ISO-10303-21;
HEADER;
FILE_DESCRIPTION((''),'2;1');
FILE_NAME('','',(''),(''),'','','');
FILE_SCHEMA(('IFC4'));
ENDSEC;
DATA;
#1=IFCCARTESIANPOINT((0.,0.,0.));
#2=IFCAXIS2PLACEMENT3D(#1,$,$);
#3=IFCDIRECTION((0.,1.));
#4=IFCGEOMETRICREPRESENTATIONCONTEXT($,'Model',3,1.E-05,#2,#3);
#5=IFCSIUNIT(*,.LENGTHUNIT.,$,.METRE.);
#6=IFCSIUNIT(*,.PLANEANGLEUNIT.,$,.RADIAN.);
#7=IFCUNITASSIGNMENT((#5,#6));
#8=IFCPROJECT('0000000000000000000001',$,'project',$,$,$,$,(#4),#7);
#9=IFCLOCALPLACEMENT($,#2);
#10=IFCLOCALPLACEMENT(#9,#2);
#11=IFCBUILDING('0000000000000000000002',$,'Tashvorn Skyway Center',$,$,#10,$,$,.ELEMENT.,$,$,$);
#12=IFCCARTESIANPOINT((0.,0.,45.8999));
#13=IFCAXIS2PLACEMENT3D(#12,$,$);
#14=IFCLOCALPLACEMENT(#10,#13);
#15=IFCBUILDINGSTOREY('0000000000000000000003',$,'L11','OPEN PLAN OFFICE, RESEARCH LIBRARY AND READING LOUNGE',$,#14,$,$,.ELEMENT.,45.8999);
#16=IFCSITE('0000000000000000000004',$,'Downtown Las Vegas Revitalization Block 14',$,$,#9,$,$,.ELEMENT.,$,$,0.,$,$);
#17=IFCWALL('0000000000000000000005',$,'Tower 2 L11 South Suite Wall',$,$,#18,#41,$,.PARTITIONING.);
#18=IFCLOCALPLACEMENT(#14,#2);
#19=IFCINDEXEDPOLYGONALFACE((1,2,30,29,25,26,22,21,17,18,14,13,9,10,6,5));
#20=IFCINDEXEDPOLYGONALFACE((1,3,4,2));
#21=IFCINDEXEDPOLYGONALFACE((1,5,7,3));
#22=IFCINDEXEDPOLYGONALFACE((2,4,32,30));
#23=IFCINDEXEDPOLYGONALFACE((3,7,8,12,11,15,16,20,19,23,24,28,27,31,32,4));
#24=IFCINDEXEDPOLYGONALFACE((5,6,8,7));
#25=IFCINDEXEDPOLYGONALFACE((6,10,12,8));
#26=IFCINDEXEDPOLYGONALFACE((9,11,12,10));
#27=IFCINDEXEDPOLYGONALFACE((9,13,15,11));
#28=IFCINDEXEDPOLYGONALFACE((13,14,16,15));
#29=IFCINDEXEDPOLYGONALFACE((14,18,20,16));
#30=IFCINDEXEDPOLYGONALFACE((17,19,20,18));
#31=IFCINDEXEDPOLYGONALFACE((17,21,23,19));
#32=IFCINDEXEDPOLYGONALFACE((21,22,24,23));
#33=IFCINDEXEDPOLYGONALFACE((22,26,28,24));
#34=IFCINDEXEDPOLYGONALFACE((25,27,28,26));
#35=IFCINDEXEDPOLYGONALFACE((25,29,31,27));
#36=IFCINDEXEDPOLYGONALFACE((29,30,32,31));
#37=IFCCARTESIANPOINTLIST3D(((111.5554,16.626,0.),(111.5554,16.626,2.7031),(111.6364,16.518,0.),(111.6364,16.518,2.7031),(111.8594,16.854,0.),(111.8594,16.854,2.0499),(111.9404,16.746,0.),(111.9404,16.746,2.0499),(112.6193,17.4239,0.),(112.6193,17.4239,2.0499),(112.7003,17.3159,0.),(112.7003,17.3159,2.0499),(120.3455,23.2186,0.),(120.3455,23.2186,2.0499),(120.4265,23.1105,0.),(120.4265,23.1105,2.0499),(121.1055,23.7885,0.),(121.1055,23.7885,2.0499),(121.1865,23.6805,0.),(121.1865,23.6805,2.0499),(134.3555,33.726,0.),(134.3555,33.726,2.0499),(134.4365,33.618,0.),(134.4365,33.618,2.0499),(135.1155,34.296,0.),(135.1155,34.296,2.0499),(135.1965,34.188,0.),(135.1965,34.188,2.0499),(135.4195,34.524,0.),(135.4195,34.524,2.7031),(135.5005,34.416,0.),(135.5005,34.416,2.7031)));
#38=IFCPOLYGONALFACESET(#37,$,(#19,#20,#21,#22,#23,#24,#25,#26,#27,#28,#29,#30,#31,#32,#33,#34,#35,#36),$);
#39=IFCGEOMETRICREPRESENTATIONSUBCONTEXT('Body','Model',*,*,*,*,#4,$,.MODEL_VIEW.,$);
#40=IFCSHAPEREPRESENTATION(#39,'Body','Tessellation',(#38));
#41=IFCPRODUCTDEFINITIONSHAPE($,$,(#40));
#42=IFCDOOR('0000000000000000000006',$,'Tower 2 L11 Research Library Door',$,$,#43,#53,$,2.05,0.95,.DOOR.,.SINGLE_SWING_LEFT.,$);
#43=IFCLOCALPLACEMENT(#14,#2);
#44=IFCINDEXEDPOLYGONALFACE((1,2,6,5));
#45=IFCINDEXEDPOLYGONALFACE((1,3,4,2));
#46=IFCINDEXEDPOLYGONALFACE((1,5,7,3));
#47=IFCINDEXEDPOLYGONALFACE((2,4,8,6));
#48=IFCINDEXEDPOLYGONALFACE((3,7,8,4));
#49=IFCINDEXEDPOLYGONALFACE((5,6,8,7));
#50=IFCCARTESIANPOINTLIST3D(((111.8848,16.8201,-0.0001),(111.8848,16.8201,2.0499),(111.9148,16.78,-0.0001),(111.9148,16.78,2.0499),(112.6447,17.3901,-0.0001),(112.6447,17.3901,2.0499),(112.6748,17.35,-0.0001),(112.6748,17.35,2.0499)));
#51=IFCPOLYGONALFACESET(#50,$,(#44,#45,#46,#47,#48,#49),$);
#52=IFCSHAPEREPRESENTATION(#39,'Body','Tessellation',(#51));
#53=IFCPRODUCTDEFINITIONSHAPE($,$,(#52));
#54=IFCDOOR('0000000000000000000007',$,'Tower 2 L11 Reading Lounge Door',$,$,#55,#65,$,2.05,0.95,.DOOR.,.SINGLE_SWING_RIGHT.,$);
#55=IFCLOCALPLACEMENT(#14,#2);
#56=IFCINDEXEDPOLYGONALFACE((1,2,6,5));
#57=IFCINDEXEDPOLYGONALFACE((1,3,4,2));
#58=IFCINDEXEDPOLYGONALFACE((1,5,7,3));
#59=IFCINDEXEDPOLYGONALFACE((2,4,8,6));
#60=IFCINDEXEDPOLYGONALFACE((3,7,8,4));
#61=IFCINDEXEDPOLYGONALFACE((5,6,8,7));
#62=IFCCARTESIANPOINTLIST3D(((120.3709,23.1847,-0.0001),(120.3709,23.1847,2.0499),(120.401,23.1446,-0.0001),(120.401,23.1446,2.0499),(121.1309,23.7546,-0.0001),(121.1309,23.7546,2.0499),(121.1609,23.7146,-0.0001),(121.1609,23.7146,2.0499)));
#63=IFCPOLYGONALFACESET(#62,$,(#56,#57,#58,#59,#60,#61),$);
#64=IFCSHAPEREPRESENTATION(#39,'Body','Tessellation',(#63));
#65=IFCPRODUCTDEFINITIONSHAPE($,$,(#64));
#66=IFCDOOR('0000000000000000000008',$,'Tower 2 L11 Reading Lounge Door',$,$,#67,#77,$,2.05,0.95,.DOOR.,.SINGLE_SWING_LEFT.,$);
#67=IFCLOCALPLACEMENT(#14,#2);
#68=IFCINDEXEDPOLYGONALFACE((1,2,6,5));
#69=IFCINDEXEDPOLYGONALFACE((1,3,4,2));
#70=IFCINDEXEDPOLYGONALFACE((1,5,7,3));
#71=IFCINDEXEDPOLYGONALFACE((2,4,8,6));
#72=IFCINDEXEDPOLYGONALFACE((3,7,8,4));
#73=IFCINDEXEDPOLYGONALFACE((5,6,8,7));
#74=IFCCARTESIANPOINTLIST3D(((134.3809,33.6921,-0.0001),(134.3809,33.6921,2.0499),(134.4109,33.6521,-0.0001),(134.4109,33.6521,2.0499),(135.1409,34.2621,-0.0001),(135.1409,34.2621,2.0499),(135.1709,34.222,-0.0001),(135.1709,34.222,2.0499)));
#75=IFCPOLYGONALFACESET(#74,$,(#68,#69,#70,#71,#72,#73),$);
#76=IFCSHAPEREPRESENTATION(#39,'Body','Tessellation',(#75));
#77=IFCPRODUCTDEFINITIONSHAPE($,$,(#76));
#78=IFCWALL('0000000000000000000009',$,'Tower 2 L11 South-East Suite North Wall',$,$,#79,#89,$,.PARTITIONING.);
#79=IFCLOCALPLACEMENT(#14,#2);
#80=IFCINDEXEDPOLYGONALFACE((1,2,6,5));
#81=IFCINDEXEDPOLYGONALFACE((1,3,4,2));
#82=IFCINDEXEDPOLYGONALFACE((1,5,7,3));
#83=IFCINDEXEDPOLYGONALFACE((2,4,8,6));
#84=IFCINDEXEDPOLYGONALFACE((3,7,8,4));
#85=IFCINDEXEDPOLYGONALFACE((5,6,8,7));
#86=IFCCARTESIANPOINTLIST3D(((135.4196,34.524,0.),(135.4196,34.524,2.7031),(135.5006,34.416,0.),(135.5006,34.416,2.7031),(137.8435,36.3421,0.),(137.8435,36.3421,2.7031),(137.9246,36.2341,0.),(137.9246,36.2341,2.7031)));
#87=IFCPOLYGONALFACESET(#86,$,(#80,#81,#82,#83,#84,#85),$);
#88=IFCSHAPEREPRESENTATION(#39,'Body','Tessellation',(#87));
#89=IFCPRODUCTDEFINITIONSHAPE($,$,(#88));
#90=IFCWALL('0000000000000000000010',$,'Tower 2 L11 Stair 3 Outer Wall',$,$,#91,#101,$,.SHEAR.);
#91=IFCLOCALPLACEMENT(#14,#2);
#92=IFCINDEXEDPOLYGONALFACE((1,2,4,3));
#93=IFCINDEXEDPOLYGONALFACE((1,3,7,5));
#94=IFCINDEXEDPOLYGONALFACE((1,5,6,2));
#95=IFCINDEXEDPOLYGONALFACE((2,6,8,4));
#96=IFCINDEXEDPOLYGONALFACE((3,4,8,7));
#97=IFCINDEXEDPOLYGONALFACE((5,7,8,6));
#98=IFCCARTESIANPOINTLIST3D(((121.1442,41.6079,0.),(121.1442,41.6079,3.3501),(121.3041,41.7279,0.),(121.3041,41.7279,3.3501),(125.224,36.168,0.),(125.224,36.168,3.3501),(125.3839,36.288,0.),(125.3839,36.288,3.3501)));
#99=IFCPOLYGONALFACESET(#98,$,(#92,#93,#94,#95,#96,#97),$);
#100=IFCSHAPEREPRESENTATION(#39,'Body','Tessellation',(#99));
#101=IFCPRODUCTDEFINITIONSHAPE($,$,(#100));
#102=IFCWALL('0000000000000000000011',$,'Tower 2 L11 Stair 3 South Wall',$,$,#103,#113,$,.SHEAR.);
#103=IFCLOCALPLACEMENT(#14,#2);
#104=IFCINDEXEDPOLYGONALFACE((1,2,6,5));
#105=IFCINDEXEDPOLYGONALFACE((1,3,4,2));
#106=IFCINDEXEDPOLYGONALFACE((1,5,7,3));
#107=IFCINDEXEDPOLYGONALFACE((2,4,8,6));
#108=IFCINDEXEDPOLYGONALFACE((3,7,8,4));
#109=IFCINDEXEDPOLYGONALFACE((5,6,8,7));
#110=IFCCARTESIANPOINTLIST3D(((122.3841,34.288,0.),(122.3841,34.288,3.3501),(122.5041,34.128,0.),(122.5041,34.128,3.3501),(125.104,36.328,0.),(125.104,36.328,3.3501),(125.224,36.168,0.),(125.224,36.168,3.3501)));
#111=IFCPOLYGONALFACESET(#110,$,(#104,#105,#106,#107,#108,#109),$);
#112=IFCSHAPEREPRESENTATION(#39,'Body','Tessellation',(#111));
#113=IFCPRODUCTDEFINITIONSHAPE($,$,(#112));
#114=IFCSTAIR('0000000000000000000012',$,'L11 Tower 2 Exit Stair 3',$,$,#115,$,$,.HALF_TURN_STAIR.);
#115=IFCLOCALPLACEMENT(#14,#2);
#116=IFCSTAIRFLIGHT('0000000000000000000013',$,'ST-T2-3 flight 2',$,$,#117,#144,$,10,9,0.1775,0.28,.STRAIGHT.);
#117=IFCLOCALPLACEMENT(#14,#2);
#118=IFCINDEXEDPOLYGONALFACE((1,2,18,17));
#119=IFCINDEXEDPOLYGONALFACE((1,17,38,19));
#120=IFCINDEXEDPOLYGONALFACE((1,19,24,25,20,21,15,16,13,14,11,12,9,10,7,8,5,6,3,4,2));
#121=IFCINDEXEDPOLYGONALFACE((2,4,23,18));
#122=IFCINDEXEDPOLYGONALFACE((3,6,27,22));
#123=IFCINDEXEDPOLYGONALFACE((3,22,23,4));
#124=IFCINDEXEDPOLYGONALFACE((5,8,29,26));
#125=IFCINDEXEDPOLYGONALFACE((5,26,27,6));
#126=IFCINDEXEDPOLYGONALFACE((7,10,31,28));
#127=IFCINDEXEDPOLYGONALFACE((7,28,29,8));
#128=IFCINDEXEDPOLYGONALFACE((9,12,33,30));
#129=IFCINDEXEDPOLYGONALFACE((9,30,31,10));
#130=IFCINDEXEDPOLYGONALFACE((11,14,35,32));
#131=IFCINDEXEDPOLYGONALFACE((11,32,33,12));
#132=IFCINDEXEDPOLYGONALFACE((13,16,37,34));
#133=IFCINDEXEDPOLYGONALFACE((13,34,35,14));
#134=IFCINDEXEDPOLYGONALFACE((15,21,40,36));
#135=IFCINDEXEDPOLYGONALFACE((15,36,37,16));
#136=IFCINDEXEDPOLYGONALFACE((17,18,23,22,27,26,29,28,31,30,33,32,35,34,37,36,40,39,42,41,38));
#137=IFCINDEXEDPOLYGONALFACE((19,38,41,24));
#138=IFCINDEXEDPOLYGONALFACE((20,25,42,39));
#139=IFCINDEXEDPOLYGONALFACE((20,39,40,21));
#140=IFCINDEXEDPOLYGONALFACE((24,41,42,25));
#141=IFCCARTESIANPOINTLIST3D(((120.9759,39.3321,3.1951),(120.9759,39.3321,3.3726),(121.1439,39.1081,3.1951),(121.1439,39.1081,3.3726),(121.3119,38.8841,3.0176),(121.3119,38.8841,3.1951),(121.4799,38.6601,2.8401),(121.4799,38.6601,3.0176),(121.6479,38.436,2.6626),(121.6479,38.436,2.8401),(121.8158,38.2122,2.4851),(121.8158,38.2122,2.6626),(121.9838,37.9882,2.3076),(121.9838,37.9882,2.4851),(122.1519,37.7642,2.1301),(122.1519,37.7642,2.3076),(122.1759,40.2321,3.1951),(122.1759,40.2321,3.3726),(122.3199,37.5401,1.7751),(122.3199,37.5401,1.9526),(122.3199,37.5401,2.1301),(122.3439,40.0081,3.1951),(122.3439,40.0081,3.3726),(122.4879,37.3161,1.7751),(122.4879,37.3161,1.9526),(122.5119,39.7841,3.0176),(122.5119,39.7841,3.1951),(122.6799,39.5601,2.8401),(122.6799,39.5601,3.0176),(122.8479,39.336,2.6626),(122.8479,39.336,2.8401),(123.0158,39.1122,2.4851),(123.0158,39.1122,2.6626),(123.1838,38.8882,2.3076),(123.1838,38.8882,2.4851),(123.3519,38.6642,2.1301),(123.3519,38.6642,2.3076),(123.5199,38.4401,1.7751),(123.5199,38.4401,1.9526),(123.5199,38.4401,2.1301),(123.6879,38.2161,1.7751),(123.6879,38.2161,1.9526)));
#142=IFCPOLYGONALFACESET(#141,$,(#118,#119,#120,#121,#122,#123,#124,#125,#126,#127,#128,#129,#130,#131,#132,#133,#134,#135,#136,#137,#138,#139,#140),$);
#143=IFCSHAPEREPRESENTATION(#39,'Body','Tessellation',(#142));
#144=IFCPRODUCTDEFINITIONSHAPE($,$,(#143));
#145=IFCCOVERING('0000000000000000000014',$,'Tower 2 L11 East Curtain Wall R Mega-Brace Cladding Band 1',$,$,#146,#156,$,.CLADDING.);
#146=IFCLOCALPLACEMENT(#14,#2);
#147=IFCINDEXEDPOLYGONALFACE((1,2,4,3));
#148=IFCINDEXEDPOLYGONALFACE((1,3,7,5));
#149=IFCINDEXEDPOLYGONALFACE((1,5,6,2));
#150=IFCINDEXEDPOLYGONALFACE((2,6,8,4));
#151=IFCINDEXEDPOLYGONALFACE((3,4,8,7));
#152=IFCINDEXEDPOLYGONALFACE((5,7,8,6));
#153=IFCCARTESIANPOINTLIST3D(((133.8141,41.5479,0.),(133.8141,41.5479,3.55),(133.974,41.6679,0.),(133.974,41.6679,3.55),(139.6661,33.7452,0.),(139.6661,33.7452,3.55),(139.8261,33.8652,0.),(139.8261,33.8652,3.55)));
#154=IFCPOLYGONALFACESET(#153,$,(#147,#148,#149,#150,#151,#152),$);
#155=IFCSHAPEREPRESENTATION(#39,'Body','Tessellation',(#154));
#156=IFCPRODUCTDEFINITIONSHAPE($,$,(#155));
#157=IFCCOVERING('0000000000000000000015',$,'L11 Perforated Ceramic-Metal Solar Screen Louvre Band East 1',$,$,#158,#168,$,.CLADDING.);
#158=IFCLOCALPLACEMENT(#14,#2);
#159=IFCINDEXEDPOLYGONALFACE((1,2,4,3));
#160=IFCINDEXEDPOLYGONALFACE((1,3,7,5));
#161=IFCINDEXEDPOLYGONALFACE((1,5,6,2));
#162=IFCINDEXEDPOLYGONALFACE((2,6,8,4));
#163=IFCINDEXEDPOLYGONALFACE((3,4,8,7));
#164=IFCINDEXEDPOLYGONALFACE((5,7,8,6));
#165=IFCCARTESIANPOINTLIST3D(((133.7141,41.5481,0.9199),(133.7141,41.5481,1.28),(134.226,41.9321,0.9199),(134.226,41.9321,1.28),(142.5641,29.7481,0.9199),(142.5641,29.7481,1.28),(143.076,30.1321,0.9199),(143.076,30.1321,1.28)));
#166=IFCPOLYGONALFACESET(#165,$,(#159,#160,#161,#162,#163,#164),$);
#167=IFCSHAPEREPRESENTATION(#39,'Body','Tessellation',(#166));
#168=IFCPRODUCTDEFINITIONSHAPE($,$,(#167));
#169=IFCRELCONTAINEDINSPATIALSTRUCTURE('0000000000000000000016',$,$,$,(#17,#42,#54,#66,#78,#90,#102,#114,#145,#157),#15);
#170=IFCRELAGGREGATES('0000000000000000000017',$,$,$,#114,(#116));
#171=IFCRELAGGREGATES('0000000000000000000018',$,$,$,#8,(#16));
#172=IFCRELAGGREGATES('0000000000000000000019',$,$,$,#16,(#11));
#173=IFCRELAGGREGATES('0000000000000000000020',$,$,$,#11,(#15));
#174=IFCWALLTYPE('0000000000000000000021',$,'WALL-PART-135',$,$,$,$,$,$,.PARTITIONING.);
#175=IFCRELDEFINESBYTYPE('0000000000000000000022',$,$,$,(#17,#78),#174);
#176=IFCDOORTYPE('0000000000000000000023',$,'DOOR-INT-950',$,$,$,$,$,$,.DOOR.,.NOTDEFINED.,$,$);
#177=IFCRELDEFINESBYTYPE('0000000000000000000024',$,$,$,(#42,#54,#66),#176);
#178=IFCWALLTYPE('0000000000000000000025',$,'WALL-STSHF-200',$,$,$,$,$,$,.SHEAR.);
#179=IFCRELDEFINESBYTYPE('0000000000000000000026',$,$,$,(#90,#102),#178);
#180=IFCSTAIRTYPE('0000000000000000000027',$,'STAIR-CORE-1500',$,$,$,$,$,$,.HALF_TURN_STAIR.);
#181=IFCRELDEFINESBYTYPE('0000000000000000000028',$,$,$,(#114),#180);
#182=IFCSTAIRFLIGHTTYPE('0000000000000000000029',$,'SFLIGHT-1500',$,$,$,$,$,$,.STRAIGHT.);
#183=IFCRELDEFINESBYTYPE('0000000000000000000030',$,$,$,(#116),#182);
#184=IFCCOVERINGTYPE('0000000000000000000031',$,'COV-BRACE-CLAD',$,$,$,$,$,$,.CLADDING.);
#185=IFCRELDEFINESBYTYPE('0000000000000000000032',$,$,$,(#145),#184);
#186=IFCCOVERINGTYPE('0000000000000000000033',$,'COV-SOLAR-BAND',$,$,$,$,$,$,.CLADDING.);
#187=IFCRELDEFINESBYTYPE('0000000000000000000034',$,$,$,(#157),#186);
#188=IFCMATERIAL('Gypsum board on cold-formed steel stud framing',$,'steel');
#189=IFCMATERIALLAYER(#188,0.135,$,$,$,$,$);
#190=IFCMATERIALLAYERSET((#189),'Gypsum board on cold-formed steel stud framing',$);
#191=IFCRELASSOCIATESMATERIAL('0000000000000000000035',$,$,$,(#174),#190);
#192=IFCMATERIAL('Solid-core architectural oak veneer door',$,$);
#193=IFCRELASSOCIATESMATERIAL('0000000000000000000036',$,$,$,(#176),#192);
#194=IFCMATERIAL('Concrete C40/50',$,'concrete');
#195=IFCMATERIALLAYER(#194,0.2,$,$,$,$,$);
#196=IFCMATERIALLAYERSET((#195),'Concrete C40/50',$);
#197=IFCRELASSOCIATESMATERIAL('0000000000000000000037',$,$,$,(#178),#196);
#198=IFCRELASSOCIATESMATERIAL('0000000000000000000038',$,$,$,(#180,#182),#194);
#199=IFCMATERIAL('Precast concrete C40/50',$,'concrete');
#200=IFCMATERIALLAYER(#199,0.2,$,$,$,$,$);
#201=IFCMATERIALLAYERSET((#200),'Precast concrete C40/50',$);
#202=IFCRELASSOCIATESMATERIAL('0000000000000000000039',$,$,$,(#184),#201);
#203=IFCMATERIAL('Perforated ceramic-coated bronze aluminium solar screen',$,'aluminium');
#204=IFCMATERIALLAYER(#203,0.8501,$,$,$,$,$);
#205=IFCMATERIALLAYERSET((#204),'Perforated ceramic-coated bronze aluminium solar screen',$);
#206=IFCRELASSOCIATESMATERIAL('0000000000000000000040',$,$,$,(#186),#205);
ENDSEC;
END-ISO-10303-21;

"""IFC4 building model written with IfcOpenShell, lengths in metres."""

from ifc_helpers import new_model, si_unit, direction, frame, frame_2d, origin, origin_2d, place, context, subcontext, project, spatial, polyline, rectangle, outline, extrude, material, layer, layer_set, type_object, element, fill, aggregate, save


model = new_model("IFC4")

# Units and contexts
model_context = context("Model", 3, precision=1e-05, world=origin(), true_north=direction((0.0, 1.0)))
body_context = subcontext(model_context, "Body", "Model", "MODEL_VIEW")
ifc_project = project(units=[si_unit("LENGTHUNIT", "METRE"), si_unit("PLANEANGLEUNIT", "RADIAN")], contexts=[model_context])

# Site, building, storey
site_placement = place(None, origin())
site = spatial("IfcSite", under=ifc_project, at=site_placement, Name="Downtown Las Vegas Revitalization Block 14", CompositionType="ELEMENT", RefElevation=0.0)
building_placement = place(site_placement, origin())
building = spatial("IfcBuilding", under=site, at=building_placement, Name="Tashvorn Skyway Center", CompositionType="ELEMENT")
storey_placement = place(building_placement, frame((0.0, 0.0, 45.8999)))
storey = spatial("IfcBuildingStorey", under=building, at=storey_placement, Name="L11", Description="OPEN PLAN OFFICE, RESEARCH LIBRARY AND READING LOUNGE", CompositionType="ELEMENT", Elevation=45.8999)

# Wall, openings, doors
ifc_material_1 = material(Name="Gypsum board on cold-formed steel stud framing", Category="steel")
ifc_layer_1 = layer(ifc_material_1, 0.135)
ifc_layer_set_1 = layer_set([ifc_layer_1], Name="Gypsum board on cold-formed steel stud framing")
wall_type_1 = type_object("IfcWallType", Name="WALL-PART-135", PredefinedType="PARTITIONING", material=ifc_layer_set_1)
wall_1_placement = place(storey_placement, frame((135.46, 34.47, 0.0), z_axis=(0.0, 0.0, 1.0), x_axis=(-0.800001, -0.599999, 0.0)))
wall_1 = element("IfcWall", 1, at=wall_1_placement, inside=storey, type_object=wall_type_1, Name="Tower 2 L11 South Suite Wall", PredefinedType="PARTITIONING", context=body_context, shape_type="SweptSolid", body=[
    extrude(rectangle(XDim=29.8301, YDim=0.135, at=frame_2d((14.915, 0.0))), origin(), (0.0, 0.0, 1.0), 2.7031),
])
opening_1_placement = place(wall_1_placement, frame((28.5, 0.0, 0.0)))
opening_1 = element("IfcOpeningElement", 2, at=opening_1_placement, cuts=wall_1, PredefinedType="OPENING", context=body_context, shape_type="SweptSolid", body=[
    extrude(rectangle(XDim=0.95, YDim=2.05, at=frame_2d((0.4751, 1.0249))), frame((0.0, 0.0774, 0.0), z_axis=(0.0, -1.0, 0.0), x_axis=(1.0, 0.0, 0.0)), (0.0, 0.0, 1.0), 0.155),
])
opening_2_placement = place(wall_1_placement, frame((17.8923, 0.0, 0.0)))
opening_2 = element("IfcOpeningElement", 3, at=opening_2_placement, cuts=wall_1, PredefinedType="OPENING", context=body_context, shape_type="SweptSolid", body=[
    extrude(rectangle(XDim=0.95, YDim=2.05, at=frame_2d((0.4751, 1.0249))), frame((0.0, 0.0774, 0.0), z_axis=(0.0, -1.0, 0.0), x_axis=(1.0, 0.0, 0.0)), (0.0, 0.0, 1.0), 0.155),
])
opening_3_placement = place(wall_1_placement, frame((0.3799, 0.0, 0.0)))
opening_3 = element("IfcOpeningElement", 4, at=opening_3_placement, cuts=wall_1, PredefinedType="OPENING", context=body_context, shape_type="SweptSolid", body=[
    extrude(rectangle(XDim=0.95, YDim=2.05, at=frame_2d((0.4751, 1.0249))), frame((0.0, 0.0774, 0.0), z_axis=(0.0, -1.0, 0.0), x_axis=(1.0, 0.0, 0.0)), (0.0, 0.0, 1.0), 0.155),
])
ifc_material_2 = material(Name="Solid-core architectural oak veneer door")
door_type = type_object("IfcDoorType", Name="DOOR-INT-950", OperationType="NOTDEFINED", PredefinedType="DOOR", material=ifc_material_2)
door_1_placement = place(opening_1_placement, origin())
door_1 = element("IfcDoor", 5, at=door_1_placement, inside=storey, type_object=door_type, Name="Tower 2 L11 Research Library Door", OperationType="SINGLE_SWING_LEFT", OverallHeight=2.05, OverallWidth=0.95, PredefinedType="DOOR", context=body_context, shape_type="SweptSolid", body=[
    extrude(rectangle(XDim=0.95, YDim=2.05, at=frame_2d((0.4751, 1.0249))), frame((0.0, 0.0249, 0.0), z_axis=(0.0, -1.0, 0.0), x_axis=(1.0, 0.0, 0.0)), (0.0, 0.0, 1.0), 0.05),
])
fill(opening_1, door_1)
door_2_placement = place(opening_2_placement, origin())
door_2 = element("IfcDoor", 6, at=door_2_placement, inside=storey, type_object=door_type, Name="Tower 2 L11 Reading Lounge Door", OperationType="SINGLE_SWING_RIGHT", OverallHeight=2.05, OverallWidth=0.95, PredefinedType="DOOR", context=body_context, shape_type="SweptSolid", body=[
    extrude(rectangle(XDim=0.95, YDim=2.05, at=frame_2d((0.4751, 1.0249))), frame((0.0, 0.0249, 0.0), z_axis=(0.0, -1.0, 0.0), x_axis=(1.0, 0.0, 0.0)), (0.0, 0.0, 1.0), 0.05),
])
fill(opening_2, door_2)
door_3_placement = place(opening_3_placement, origin())
door_3 = element("IfcDoor", 7, at=door_3_placement, inside=storey, type_object=door_type, Name="Tower 2 L11 Reading Lounge Door", OperationType="SINGLE_SWING_LEFT", OverallHeight=2.05, OverallWidth=0.95, PredefinedType="DOOR", context=body_context, shape_type="SweptSolid", body=[
    extrude(rectangle(XDim=0.95, YDim=2.05, at=frame_2d((0.4751, 1.0249))), frame((0.0, 0.0249, 0.0), z_axis=(0.0, -1.0, 0.0), x_axis=(1.0, 0.0, 0.0)), (0.0, 0.0, 1.0), 0.05),
])
fill(opening_3, door_3)

# Walls
wall_2_placement = place(storey_placement, frame((135.46, 34.47, 0.0), z_axis=(0.0, 0.0, 1.0), x_axis=(0.79999, 0.600013, 0.0)))
element("IfcWall", 8, at=wall_2_placement, inside=storey, type_object=wall_type_1, Name="Tower 2 L11 South-East Suite North Wall", PredefinedType="PARTITIONING", context=body_context, shape_type="SweptSolid", body=[
    extrude(rectangle(XDim=3.03, YDim=0.135, at=frame_2d((1.5151, 0.0))), origin(), (0.0, 0.0, 1.0), 2.7031),
])
ifc_material_3 = material(Name="Concrete C40/50", Category="concrete")
ifc_layer_2 = layer(ifc_material_3, 0.2)
ifc_layer_set_2 = layer_set([ifc_layer_2], Name="Concrete C40/50")
wall_type_2 = type_object("IfcWallType", Name="WALL-STSHF-200", PredefinedType="SHEAR", material=ifc_layer_set_2)
wall_3_placement = place(storey_placement, frame((125.304, 36.228, 0.0), z_axis=(0.0, 0.0, 1.0), x_axis=(-0.599989, 0.800009, 0.0)))
element("IfcWall", 9, at=wall_3_placement, inside=storey, type_object=wall_type_2, Name="Tower 2 L11 Stair 3 Outer Wall", PredefinedType="SHEAR", context=body_context, shape_type="SweptSolid", body=[
    extrude(rectangle(XDim=6.7998, YDim=0.2, at=frame_2d((3.3999, 0.0))), origin(), (0.0, 0.0, 1.0), 3.3501),
])
wall_4_placement = place(storey_placement, frame((122.4441, 34.208, 0.0), z_axis=(0.0, 0.0, 1.0), x_axis=(0.799991, 0.600011, 0.0)))
element("IfcWall", 10, at=wall_4_placement, inside=storey, type_object=wall_type_2, Name="Tower 2 L11 Stair 3 South Wall", PredefinedType="SHEAR", context=body_context, shape_type="SweptSolid", body=[
    extrude(rectangle(XDim=3.3999, YDim=0.2, at=frame_2d((1.7, 0.0))), origin(), (0.0, 0.0, 1.0), 3.3501),
])

# Stair, stair flight
stair_type = type_object("IfcStairType", Name="STAIR-CORE-1500", PredefinedType="HALF_TURN_STAIR", material=ifc_material_3)
stair_placement = place(storey_placement, origin())
stair = element("IfcStair", 11, at=stair_placement, inside=storey, type_object=stair_type, Name="L11 Tower 2 Exit Stair 3", PredefinedType="HALF_TURN_STAIR")
stair_flight_type = type_object("IfcStairFlightType", Name="SFLIGHT-1500", PredefinedType="STRAIGHT", material=ifc_material_3)
stair_flight_placement = place(storey_placement, frame((123.0879, 37.7661, 1.7751), z_axis=(0.0, 0.0, 1.0), x_axis=(-0.6, 0.8, 0.0)))
stair_flight = element("IfcStairFlight", 12, at=stair_flight_placement, type_object=stair_flight_type, Name="ST-T2-3 flight 2", NumberOfRisers=10, NumberOfTreads=9, PredefinedType="STRAIGHT", RiserHeight=0.1775, TreadLength=0.28, context=body_context, shape_type="SweptSolid", body=[
    extrude(outline(polyline([(0.0, 0.0), (0.0, 0.1775), (0.28, 0.1775), (0.28, 0.355), (0.5601, 0.355), (0.5601, 0.5325), (0.8401, 0.5325), (0.8401, 0.71), (1.1201, 0.71), (1.1201, 0.8875), (1.3999, 0.8875), (1.3999, 1.0649), (1.6799, 1.0649), (1.6799, 1.2424), (1.96, 1.2424), (1.96, 1.4199), (2.24, 1.4199), (2.24, 1.5974), (2.52, 1.5974), (2.52, 1.7749), (2.52, 1.4199), (0.28, 0.0), (0.0, 0.0)])), frame((0.0, 0.75, 0.0), z_axis=(0.0, -1.0, 0.0), x_axis=(1.0, 0.0, 0.0)), (0.0, 0.0, 1.0), 1.5),
])
aggregate(stair, [stair_flight])

# Coverings
ifc_material_4 = material(Name="Precast concrete C40/50", Category="concrete")
ifc_layer_3 = layer(ifc_material_4, 0.2)
ifc_layer_set_3 = layer_set([ifc_layer_3], Name="Precast concrete C40/50")
covering_type_1 = type_object("IfcCoveringType", Name="COV-BRACE-CLAD", PredefinedType="CLADDING", material=ifc_layer_set_3)
covering_placement = place(storey_placement, frame((136.8201, 37.7065, 0.0), z_axis=(0.0, 0.0, 1.0), x_axis=(0.6, -0.8, 0.0)))
element("IfcCovering", 13, at=covering_placement, inside=storey, type_object=covering_type_1, Name="Tower 2 L11 East Curtain Wall R Mega-Brace Cladding Band 1", PredefinedType="CLADDING", context=body_context, shape_type="SweptSolid", body=[
    extrude(rectangle(XDim=9.7534, YDim=0.2, at=origin_2d()), origin(), (0.0, 0.0, 1.0), 3.55),
])
ifc_material_5 = material(Name="Perforated ceramic-coated bronze aluminium solar screen", Category="aluminium")
ifc_layer_4 = layer(ifc_material_5, 0.8501)
ifc_layer_set_4 = layer_set([ifc_layer_4], Name="Perforated ceramic-coated bronze aluminium solar screen")
covering_type_2 = type_object("IfcCoveringType", Name="COV-SOLAR-BAND", PredefinedType="CLADDING", material=ifc_layer_set_4)
for number, where, z_axis, x_axis, name in (
    (14, (138.395, 35.8401, 0.9199), (0.0, 0.0, 1.0), (0.6, -0.8, 0.0), "L11 Perforated Ceramic-Metal Solar Screen Louvre Band East 1"),
):
    element("IfcCovering", number, at=place(storey_placement, frame(where, z_axis=z_axis, x_axis=x_axis)), inside=storey, type_object=covering_type_2, Name=name, PredefinedType="CLADDING", context=body_context, shape_type="SweptSolid", body=[
        extrude(rectangle(XDim=14.75, YDim=0.6399, at=origin_2d()), origin(), (0.0, 0.0, 1.0), 0.3601),
    ])

save(model, "model.ifc")
